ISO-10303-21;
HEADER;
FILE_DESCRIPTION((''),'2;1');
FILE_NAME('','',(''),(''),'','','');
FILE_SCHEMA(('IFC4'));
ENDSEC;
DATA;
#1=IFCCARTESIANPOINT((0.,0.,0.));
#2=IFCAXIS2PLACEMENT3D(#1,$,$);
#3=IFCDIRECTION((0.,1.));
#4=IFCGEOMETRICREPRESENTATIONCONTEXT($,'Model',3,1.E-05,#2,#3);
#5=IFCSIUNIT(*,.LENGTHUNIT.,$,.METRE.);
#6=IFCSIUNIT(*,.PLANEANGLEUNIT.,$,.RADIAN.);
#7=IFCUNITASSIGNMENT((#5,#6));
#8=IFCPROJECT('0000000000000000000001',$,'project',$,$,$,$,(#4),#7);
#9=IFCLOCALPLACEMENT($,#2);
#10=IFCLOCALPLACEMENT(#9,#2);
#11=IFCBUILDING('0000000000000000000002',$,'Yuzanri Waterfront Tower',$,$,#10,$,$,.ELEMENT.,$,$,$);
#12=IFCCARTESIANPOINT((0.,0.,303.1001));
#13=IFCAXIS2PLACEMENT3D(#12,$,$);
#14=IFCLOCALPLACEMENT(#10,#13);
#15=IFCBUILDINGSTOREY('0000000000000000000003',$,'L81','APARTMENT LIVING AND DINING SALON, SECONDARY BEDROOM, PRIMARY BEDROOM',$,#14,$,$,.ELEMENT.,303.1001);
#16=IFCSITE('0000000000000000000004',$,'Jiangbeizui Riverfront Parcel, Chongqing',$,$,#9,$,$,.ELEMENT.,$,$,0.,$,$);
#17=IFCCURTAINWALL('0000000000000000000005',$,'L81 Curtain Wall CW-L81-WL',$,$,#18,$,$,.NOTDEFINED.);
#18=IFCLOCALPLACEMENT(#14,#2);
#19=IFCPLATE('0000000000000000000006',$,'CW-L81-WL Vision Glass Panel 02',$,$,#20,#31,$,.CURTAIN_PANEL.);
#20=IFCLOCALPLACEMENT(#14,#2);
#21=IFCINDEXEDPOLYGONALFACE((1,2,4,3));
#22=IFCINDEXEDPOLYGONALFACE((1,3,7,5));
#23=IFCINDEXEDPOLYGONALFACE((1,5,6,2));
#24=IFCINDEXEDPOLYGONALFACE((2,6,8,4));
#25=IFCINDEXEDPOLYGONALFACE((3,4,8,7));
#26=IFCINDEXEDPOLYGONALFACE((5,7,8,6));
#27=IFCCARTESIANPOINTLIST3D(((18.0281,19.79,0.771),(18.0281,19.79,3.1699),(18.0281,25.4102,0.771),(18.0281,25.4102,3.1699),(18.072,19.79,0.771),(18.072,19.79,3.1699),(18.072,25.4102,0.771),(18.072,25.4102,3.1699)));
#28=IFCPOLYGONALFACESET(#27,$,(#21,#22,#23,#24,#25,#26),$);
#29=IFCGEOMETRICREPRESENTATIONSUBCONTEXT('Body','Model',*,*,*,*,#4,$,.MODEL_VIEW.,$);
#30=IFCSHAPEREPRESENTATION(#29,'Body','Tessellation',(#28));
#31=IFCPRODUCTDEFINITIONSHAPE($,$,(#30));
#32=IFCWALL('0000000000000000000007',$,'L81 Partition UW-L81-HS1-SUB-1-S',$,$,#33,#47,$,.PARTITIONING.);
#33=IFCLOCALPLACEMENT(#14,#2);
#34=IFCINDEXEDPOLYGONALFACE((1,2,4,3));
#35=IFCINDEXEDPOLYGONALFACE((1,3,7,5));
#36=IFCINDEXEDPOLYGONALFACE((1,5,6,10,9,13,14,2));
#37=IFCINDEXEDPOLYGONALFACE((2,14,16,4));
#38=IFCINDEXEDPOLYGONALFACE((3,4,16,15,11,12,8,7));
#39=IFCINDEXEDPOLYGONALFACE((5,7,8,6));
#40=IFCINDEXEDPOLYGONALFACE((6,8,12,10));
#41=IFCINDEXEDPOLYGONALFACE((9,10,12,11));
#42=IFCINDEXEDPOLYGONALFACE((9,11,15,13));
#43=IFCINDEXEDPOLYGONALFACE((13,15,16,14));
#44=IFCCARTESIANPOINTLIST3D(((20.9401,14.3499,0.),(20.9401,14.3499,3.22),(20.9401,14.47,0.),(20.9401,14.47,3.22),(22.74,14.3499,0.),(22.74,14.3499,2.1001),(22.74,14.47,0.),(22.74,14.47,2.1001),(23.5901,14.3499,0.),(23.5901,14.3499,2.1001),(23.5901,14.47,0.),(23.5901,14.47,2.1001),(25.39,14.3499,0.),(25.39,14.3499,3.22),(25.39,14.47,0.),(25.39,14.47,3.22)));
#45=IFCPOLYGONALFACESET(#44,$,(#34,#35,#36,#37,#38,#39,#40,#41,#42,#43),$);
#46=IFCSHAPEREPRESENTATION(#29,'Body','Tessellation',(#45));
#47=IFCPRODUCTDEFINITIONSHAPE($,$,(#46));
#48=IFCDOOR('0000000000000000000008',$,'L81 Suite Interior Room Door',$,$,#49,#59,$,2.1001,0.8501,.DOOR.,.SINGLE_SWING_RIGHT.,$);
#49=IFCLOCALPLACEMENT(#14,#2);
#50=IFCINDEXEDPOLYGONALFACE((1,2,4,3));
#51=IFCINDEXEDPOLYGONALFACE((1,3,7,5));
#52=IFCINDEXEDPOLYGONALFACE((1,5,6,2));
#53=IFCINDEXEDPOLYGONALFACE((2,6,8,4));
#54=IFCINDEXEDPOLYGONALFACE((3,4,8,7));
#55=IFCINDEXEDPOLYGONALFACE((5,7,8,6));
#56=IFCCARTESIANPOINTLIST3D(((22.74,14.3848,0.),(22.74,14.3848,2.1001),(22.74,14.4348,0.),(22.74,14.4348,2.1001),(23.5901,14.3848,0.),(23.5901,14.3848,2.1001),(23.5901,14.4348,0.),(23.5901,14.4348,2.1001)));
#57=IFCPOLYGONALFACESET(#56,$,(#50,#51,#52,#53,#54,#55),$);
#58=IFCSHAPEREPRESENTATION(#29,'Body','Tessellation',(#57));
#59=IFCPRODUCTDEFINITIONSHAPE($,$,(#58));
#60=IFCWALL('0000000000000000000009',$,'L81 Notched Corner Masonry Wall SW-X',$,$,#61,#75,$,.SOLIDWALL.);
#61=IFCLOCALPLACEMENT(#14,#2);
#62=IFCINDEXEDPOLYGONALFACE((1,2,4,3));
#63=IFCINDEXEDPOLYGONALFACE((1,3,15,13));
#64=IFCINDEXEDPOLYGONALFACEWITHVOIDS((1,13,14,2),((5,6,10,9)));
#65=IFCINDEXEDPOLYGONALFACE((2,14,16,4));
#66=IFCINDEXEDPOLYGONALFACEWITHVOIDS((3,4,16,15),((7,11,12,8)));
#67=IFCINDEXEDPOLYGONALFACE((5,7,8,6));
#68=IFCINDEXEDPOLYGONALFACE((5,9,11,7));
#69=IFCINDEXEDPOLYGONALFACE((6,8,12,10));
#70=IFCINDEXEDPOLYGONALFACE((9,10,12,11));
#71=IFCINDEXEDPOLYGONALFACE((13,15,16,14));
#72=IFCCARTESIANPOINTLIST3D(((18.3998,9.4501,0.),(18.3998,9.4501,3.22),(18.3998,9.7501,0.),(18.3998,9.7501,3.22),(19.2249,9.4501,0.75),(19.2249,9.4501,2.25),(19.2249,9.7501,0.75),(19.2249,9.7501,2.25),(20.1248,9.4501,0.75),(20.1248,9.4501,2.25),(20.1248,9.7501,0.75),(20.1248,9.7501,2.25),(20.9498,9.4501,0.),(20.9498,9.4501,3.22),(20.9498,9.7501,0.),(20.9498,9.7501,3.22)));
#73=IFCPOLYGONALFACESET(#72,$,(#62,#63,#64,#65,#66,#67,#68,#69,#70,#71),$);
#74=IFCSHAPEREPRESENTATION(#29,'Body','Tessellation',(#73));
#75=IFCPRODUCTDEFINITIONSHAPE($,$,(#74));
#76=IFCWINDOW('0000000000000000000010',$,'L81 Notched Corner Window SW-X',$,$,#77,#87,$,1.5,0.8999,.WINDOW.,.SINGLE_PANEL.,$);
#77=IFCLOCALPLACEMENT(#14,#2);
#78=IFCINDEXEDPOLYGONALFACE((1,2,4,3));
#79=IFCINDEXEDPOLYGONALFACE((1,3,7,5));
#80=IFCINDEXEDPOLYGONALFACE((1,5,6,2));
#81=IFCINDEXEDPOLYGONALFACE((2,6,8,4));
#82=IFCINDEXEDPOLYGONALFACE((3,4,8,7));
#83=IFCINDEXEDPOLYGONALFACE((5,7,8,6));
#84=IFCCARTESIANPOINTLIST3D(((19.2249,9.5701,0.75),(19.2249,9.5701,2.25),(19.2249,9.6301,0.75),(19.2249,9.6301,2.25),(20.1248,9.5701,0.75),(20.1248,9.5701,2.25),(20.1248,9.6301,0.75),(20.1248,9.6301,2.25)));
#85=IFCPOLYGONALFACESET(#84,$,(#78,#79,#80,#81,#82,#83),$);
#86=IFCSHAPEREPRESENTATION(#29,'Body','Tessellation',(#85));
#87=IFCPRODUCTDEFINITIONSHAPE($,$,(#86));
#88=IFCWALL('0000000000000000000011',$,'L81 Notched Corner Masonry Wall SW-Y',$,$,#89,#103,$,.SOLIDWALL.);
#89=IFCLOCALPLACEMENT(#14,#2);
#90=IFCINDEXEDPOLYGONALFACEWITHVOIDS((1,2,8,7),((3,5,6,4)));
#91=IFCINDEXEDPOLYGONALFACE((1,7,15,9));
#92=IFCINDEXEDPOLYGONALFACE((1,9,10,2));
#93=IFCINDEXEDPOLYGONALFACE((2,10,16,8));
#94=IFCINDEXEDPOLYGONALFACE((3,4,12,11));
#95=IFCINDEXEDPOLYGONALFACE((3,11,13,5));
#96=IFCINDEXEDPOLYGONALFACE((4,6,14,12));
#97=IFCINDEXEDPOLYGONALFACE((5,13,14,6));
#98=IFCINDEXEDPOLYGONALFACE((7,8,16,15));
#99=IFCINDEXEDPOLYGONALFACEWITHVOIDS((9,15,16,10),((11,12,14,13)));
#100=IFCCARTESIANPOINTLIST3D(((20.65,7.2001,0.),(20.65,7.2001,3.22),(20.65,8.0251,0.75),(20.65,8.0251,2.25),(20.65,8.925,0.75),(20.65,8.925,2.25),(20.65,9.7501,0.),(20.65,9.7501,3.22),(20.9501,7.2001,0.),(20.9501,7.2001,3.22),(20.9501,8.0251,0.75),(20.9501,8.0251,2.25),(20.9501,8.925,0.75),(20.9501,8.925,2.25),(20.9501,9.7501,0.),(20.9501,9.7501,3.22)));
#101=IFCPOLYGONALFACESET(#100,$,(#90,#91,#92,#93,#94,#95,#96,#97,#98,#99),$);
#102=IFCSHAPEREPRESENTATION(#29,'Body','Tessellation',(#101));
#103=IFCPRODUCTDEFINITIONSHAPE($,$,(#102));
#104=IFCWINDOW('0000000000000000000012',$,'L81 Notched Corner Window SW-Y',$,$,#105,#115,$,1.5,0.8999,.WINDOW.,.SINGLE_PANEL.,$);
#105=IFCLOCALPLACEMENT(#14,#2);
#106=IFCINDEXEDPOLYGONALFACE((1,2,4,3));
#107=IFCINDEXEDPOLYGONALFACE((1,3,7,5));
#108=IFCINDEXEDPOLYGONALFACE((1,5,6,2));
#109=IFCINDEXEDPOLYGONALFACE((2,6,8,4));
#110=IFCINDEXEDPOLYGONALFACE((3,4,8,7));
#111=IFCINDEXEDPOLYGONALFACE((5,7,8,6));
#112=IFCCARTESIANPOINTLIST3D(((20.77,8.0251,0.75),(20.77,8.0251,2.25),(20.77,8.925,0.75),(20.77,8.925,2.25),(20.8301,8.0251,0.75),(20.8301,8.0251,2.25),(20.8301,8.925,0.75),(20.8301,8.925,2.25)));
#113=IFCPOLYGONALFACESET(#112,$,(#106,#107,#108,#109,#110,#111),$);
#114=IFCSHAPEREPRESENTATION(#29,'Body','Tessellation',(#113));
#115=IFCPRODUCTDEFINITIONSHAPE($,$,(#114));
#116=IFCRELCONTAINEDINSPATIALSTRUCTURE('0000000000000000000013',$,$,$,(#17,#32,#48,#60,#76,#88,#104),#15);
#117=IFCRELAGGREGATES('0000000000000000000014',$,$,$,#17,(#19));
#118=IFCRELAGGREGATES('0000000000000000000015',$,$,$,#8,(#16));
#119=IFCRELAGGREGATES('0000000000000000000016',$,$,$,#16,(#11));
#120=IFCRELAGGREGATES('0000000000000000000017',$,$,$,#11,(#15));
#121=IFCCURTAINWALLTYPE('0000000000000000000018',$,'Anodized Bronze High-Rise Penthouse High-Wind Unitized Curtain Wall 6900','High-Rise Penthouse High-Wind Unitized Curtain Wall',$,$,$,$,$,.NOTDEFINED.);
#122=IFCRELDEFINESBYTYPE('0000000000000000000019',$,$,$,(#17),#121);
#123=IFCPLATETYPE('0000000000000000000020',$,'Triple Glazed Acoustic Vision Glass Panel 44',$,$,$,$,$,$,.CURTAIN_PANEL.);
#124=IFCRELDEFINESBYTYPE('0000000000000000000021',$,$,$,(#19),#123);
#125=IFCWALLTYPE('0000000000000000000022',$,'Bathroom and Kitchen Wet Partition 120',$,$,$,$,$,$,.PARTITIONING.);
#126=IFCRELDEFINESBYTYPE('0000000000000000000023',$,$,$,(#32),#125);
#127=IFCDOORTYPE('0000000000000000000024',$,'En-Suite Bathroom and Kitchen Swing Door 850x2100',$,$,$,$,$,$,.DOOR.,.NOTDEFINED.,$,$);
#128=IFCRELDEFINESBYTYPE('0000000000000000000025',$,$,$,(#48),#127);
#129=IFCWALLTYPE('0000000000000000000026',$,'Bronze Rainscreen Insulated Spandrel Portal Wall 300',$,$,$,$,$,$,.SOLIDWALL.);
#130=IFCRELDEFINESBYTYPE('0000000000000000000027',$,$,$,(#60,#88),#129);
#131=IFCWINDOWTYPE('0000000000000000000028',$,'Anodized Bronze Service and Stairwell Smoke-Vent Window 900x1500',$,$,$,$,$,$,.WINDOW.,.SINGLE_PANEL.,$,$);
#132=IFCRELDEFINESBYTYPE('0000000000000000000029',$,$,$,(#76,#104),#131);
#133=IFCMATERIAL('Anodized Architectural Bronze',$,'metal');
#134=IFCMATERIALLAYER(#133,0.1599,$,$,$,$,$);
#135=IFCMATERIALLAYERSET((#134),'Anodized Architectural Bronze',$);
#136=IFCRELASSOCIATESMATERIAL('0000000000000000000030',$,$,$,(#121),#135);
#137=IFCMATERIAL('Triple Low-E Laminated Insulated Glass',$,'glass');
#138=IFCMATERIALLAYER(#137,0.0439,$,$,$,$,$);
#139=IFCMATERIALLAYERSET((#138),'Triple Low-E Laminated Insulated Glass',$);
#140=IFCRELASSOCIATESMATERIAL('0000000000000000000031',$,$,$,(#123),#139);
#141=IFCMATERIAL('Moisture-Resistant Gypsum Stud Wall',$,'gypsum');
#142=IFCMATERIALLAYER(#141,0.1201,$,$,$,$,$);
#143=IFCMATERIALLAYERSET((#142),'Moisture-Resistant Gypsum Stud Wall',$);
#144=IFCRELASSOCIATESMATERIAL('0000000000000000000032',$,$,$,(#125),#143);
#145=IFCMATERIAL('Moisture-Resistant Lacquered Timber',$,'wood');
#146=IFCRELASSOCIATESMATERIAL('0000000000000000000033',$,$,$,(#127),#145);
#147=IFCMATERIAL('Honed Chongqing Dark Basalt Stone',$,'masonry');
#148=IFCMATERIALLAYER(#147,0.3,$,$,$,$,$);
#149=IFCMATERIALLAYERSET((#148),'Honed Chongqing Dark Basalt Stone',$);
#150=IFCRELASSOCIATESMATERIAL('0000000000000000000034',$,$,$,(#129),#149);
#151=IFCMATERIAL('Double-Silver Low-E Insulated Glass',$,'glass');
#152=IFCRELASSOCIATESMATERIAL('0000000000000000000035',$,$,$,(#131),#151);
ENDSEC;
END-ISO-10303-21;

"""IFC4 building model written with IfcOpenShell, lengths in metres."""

from ifc_helpers import new_model, si_unit, direction, frame, frame_2d, origin, origin_2d, place, context, subcontext, project, spatial, rectangle, extrude, source, transform, mapped, material, layer, layer_set, type_object, element, fill, aggregate, save


model = new_model("IFC4")

# Units and contexts
model_context = context("Model", 3, precision=1e-05, world=origin(), true_north=direction((0.0, 1.0)))
body_context = subcontext(model_context, "Body", "Model", "MODEL_VIEW")
ifc_project = project(units=[si_unit("LENGTHUNIT", "METRE"), si_unit("PLANEANGLEUNIT", "RADIAN")], contexts=[model_context])

# Site, building, storey
site_placement = place(None, origin())
site = spatial("IfcSite", under=ifc_project, at=site_placement, Name="Jiangbeizui Riverfront Parcel, Chongqing", CompositionType="ELEMENT", RefElevation=0.0)
building_placement = place(site_placement, origin())
building = spatial("IfcBuilding", under=site, at=building_placement, Name="Yuzanri Waterfront Tower", CompositionType="ELEMENT")
storey_placement = place(building_placement, frame((0.0, 0.0, 303.1001)))
storey = spatial("IfcBuildingStorey", under=building, at=storey_placement, Name="L81", Description="APARTMENT LIVING AND DINING SALON, SECONDARY BEDROOM, PRIMARY BEDROOM", CompositionType="ELEMENT", Elevation=303.1001)

# Curtain wall, plate
ifc_material_1 = material(Name="Anodized Architectural Bronze", Category="metal")
ifc_layer_1 = layer(ifc_material_1, 0.1599)
ifc_layer_set_1 = layer_set([ifc_layer_1], Name="Anodized Architectural Bronze")
curtain_wall_type = type_object("IfcCurtainWallType", Name="Anodized Bronze High-Rise Penthouse High-Wind Unitized Curtain Wall 6900", Description="High-Rise Penthouse High-Wind Unitized Curtain Wall", PredefinedType="NOTDEFINED", material=ifc_layer_set_1)
curtain_wall_placement = place(storey_placement, origin())
curtain_wall = element("IfcCurtainWall", 1, at=curtain_wall_placement, inside=storey, type_object=curtain_wall_type, Name="L81 Curtain Wall CW-L81-WL", PredefinedType="NOTDEFINED")
ifc_material_2 = material(Name="Triple Low-E Laminated Insulated Glass", Category="glass")
ifc_layer_2 = layer(ifc_material_2, 0.0439)
ifc_layer_set_2 = layer_set([ifc_layer_2], Name="Triple Low-E Laminated Insulated Glass")
plate_type = type_object("IfcPlateType", Name="Triple Glazed Acoustic Vision Glass Panel 44", PredefinedType="CURTAIN_PANEL", material=ifc_layer_set_2)
shared_shape_1 = source(origin(), body_context, "Body", "SweptSolid", [
    extrude(rectangle(XDim=5.6201, YDim=0.0439, at=origin_2d()), origin(), (0.0, 0.0, 1.0), 2.3989),
])
plate_placement = place(storey_placement, frame((18.05, 22.6001, 0.771), z_axis=(0.0, 0.0, 1.0), x_axis=(0.0, 1.0, 0.0)))
plate = element("IfcPlate", 2, at=plate_placement, type_object=plate_type, Name="CW-L81-WL Vision Glass Panel 02", PredefinedType="CURTAIN_PANEL", context=body_context, shape_type="MappedRepresentation", body=[
    mapped(shared_shape_1, transform((0.0, 0.0, 0.0), scale=1.0)),
])
aggregate(curtain_wall, [plate])

# Wall, opening, door
ifc_material_3 = material(Name="Moisture-Resistant Gypsum Stud Wall", Category="gypsum")
ifc_layer_3 = layer(ifc_material_3, 0.1201)
ifc_layer_set_3 = layer_set([ifc_layer_3], Name="Moisture-Resistant Gypsum Stud Wall")
wall_type_1 = type_object("IfcWallType", Name="Bathroom and Kitchen Wet Partition 120", PredefinedType="PARTITIONING", material=ifc_layer_set_3)
wall_1_placement = place(storey_placement, frame((20.9399, 14.4099, 0.0), z_axis=(0.0, 0.0, 1.0), x_axis=(1.0, 0.0, 0.0)))
wall_1 = element("IfcWall", 3, at=wall_1_placement, inside=storey, type_object=wall_type_1, Name="L81 Partition UW-L81-HS1-SUB-1-S", PredefinedType="PARTITIONING", context=body_context, shape_type="SweptSolid", body=[
    extrude(rectangle(XDim=4.45, YDim=0.1201, at=frame_2d((2.2251, 0.0))), origin(), (0.0, 0.0, 1.0), 3.22),
])
opening_1_placement = place(wall_1_placement, frame((1.8, 0.0, 0.0)))
opening_1 = element("IfcOpeningElement", 4, at=opening_1_placement, cuts=wall_1, PredefinedType="OPENING", context=body_context, shape_type="SweptSolid", body=[
    extrude(rectangle(XDim=0.8501, YDim=2.1001, at=frame_2d((0.425, 1.05))), frame((0.0, 0.075, 0.0), z_axis=(0.0, -1.0, 0.0), x_axis=(1.0, 0.0, 0.0)), (0.0, 0.0, 1.0), 0.1499),
])
ifc_material_4 = material(Name="Moisture-Resistant Lacquered Timber", Category="wood")
door_type_1 = type_object("IfcDoorType", Name="En-Suite Bathroom and Kitchen Swing Door 850x2100", OperationType="NOTDEFINED", PredefinedType="DOOR", material=ifc_material_4)
shared_shape_2 = source(origin(), body_context, "Body", "SweptSolid", [
    extrude(rectangle(XDim=0.8501, YDim=2.1001, at=frame_2d((0.425, 1.05))), frame((0.0, 0.0249, 0.0), z_axis=(0.0, -1.0, 0.0), x_axis=(1.0, 0.0, 0.0)), (0.0, 0.0, 1.0), 0.05),
])
door_1_placement = place(opening_1_placement, origin())
door_1 = element("IfcDoor", 5, at=door_1_placement, inside=storey, type_object=door_type_1, Name="L81 Suite Interior Room Door", OperationType="SINGLE_SWING_RIGHT", OverallHeight=2.1001, OverallWidth=0.8501, PredefinedType="DOOR", context=body_context, shape_type="MappedRepresentation", body=[
    mapped(shared_shape_2, transform((0.0, 0.0, 0.0), scale=1.0)),
])
fill(opening_1, door_1)

# Walls, openings, windows
ifc_material_5 = material(Name="Honed Chongqing Dark Basalt Stone", Category="masonry")
ifc_layer_4 = layer(ifc_material_5, 0.3)
ifc_layer_set_4 = layer_set([ifc_layer_4], Name="Honed Chongqing Dark Basalt Stone")
wall_type_2 = type_object("IfcWallType", Name="Bronze Rainscreen Insulated Spandrel Portal Wall 300", PredefinedType="SOLIDWALL", material=ifc_layer_set_4)
wall_2_placement = place(storey_placement, frame((18.3999, 9.6001, 0.0), z_axis=(0.0, 0.0, 1.0), x_axis=(1.0, 0.0, 0.0)))
wall_2 = element("IfcWall", 6, at=wall_2_placement, inside=storey, type_object=wall_type_2, Name="L81 Notched Corner Masonry Wall SW-X", PredefinedType="SOLIDWALL", context=body_context, shape_type="SweptSolid", body=[
    extrude(rectangle(XDim=2.55, YDim=0.3, at=frame_2d((1.2749, 0.0))), origin(), (0.0, 0.0, 1.0), 3.22),
])
opening_2_placement = place(wall_2_placement, frame((0.825, 0.0, 0.75)))
opening_2 = element("IfcOpeningElement", 7, at=opening_2_placement, cuts=wall_2, PredefinedType="OPENING", context=body_context, shape_type="SweptSolid", body=[
    extrude(rectangle(XDim=0.8999, YDim=1.5, at=frame_2d((0.45, 0.75))), frame((0.0, 0.165, 0.0), z_axis=(0.0, -1.0, 0.0), x_axis=(1.0, 0.0, 0.0)), (0.0, 0.0, 1.0), 0.3298),
])
ifc_material_6 = material(Name="Double-Silver Low-E Insulated Glass", Category="glass")
window_type = type_object("IfcWindowType", Name="Anodized Bronze Service and Stairwell Smoke-Vent Window 900x1500", PartitioningType="SINGLE_PANEL", PredefinedType="WINDOW", material=ifc_material_6)
shared_shape_3 = source(origin(), body_context, "Body", "SweptSolid", [
    extrude(rectangle(XDim=0.8999, YDim=1.5, at=frame_2d((0.45, 0.75))), frame((0.0, 0.03, 0.0), z_axis=(0.0, -1.0, 0.0), x_axis=(1.0, 0.0, 0.0)), (0.0, 0.0, 1.0), 0.0601),
])
window_1_placement = place(opening_2_placement, origin())
window_1 = element("IfcWindow", 8, at=window_1_placement, inside=storey, type_object=window_type, Name="L81 Notched Corner Window SW-X", OverallHeight=1.5, OverallWidth=0.8999, PartitioningType="SINGLE_PANEL", PredefinedType="WINDOW", context=body_context, shape_type="MappedRepresentation", body=[
    mapped(shared_shape_3, transform((0.0, 0.0, 0.0), scale=1.0)),
])
fill(opening_2, window_1)
wall_3_placement = place(storey_placement, frame((20.8, 9.75, 0.0), z_axis=(0.0, 0.0, 1.0), x_axis=(0.0, -1.0, 0.0)))
wall_3 = element("IfcWall", 9, at=wall_3_placement, inside=storey, type_object=wall_type_2, Name="L81 Notched Corner Masonry Wall SW-Y", PredefinedType="SOLIDWALL", context=body_context, shape_type="SweptSolid", body=[
    extrude(rectangle(XDim=2.55, YDim=0.3, at=frame_2d((1.2749, 0.0))), origin(), (0.0, 0.0, 1.0), 3.22),
])
opening_3_placement = place(wall_3_placement, frame((0.825, 0.0, 0.75)))
opening_3 = element("IfcOpeningElement", 10, at=opening_3_placement, cuts=wall_3, PredefinedType="OPENING", context=body_context, shape_type="SweptSolid", body=[
    extrude(rectangle(XDim=0.8999, YDim=1.5, at=frame_2d((0.45, 0.75))), frame((0.0, 0.165, 0.0), z_axis=(0.0, -1.0, 0.0), x_axis=(1.0, 0.0, 0.0)), (0.0, 0.0, 1.0), 0.3298),
])
window_2_placement = place(opening_3_placement, origin())
window_2 = element("IfcWindow", 11, at=window_2_placement, inside=storey, type_object=window_type, Name="L81 Notched Corner Window SW-Y", OverallHeight=1.5, OverallWidth=0.8999, PartitioningType="SINGLE_PANEL", PredefinedType="WINDOW", context=body_context, shape_type="MappedRepresentation", body=[
    mapped(shared_shape_3, transform((0.0, 0.0, 0.0), scale=1.0)),
])
fill(opening_3, window_2)

save(model, "model.ifc")
